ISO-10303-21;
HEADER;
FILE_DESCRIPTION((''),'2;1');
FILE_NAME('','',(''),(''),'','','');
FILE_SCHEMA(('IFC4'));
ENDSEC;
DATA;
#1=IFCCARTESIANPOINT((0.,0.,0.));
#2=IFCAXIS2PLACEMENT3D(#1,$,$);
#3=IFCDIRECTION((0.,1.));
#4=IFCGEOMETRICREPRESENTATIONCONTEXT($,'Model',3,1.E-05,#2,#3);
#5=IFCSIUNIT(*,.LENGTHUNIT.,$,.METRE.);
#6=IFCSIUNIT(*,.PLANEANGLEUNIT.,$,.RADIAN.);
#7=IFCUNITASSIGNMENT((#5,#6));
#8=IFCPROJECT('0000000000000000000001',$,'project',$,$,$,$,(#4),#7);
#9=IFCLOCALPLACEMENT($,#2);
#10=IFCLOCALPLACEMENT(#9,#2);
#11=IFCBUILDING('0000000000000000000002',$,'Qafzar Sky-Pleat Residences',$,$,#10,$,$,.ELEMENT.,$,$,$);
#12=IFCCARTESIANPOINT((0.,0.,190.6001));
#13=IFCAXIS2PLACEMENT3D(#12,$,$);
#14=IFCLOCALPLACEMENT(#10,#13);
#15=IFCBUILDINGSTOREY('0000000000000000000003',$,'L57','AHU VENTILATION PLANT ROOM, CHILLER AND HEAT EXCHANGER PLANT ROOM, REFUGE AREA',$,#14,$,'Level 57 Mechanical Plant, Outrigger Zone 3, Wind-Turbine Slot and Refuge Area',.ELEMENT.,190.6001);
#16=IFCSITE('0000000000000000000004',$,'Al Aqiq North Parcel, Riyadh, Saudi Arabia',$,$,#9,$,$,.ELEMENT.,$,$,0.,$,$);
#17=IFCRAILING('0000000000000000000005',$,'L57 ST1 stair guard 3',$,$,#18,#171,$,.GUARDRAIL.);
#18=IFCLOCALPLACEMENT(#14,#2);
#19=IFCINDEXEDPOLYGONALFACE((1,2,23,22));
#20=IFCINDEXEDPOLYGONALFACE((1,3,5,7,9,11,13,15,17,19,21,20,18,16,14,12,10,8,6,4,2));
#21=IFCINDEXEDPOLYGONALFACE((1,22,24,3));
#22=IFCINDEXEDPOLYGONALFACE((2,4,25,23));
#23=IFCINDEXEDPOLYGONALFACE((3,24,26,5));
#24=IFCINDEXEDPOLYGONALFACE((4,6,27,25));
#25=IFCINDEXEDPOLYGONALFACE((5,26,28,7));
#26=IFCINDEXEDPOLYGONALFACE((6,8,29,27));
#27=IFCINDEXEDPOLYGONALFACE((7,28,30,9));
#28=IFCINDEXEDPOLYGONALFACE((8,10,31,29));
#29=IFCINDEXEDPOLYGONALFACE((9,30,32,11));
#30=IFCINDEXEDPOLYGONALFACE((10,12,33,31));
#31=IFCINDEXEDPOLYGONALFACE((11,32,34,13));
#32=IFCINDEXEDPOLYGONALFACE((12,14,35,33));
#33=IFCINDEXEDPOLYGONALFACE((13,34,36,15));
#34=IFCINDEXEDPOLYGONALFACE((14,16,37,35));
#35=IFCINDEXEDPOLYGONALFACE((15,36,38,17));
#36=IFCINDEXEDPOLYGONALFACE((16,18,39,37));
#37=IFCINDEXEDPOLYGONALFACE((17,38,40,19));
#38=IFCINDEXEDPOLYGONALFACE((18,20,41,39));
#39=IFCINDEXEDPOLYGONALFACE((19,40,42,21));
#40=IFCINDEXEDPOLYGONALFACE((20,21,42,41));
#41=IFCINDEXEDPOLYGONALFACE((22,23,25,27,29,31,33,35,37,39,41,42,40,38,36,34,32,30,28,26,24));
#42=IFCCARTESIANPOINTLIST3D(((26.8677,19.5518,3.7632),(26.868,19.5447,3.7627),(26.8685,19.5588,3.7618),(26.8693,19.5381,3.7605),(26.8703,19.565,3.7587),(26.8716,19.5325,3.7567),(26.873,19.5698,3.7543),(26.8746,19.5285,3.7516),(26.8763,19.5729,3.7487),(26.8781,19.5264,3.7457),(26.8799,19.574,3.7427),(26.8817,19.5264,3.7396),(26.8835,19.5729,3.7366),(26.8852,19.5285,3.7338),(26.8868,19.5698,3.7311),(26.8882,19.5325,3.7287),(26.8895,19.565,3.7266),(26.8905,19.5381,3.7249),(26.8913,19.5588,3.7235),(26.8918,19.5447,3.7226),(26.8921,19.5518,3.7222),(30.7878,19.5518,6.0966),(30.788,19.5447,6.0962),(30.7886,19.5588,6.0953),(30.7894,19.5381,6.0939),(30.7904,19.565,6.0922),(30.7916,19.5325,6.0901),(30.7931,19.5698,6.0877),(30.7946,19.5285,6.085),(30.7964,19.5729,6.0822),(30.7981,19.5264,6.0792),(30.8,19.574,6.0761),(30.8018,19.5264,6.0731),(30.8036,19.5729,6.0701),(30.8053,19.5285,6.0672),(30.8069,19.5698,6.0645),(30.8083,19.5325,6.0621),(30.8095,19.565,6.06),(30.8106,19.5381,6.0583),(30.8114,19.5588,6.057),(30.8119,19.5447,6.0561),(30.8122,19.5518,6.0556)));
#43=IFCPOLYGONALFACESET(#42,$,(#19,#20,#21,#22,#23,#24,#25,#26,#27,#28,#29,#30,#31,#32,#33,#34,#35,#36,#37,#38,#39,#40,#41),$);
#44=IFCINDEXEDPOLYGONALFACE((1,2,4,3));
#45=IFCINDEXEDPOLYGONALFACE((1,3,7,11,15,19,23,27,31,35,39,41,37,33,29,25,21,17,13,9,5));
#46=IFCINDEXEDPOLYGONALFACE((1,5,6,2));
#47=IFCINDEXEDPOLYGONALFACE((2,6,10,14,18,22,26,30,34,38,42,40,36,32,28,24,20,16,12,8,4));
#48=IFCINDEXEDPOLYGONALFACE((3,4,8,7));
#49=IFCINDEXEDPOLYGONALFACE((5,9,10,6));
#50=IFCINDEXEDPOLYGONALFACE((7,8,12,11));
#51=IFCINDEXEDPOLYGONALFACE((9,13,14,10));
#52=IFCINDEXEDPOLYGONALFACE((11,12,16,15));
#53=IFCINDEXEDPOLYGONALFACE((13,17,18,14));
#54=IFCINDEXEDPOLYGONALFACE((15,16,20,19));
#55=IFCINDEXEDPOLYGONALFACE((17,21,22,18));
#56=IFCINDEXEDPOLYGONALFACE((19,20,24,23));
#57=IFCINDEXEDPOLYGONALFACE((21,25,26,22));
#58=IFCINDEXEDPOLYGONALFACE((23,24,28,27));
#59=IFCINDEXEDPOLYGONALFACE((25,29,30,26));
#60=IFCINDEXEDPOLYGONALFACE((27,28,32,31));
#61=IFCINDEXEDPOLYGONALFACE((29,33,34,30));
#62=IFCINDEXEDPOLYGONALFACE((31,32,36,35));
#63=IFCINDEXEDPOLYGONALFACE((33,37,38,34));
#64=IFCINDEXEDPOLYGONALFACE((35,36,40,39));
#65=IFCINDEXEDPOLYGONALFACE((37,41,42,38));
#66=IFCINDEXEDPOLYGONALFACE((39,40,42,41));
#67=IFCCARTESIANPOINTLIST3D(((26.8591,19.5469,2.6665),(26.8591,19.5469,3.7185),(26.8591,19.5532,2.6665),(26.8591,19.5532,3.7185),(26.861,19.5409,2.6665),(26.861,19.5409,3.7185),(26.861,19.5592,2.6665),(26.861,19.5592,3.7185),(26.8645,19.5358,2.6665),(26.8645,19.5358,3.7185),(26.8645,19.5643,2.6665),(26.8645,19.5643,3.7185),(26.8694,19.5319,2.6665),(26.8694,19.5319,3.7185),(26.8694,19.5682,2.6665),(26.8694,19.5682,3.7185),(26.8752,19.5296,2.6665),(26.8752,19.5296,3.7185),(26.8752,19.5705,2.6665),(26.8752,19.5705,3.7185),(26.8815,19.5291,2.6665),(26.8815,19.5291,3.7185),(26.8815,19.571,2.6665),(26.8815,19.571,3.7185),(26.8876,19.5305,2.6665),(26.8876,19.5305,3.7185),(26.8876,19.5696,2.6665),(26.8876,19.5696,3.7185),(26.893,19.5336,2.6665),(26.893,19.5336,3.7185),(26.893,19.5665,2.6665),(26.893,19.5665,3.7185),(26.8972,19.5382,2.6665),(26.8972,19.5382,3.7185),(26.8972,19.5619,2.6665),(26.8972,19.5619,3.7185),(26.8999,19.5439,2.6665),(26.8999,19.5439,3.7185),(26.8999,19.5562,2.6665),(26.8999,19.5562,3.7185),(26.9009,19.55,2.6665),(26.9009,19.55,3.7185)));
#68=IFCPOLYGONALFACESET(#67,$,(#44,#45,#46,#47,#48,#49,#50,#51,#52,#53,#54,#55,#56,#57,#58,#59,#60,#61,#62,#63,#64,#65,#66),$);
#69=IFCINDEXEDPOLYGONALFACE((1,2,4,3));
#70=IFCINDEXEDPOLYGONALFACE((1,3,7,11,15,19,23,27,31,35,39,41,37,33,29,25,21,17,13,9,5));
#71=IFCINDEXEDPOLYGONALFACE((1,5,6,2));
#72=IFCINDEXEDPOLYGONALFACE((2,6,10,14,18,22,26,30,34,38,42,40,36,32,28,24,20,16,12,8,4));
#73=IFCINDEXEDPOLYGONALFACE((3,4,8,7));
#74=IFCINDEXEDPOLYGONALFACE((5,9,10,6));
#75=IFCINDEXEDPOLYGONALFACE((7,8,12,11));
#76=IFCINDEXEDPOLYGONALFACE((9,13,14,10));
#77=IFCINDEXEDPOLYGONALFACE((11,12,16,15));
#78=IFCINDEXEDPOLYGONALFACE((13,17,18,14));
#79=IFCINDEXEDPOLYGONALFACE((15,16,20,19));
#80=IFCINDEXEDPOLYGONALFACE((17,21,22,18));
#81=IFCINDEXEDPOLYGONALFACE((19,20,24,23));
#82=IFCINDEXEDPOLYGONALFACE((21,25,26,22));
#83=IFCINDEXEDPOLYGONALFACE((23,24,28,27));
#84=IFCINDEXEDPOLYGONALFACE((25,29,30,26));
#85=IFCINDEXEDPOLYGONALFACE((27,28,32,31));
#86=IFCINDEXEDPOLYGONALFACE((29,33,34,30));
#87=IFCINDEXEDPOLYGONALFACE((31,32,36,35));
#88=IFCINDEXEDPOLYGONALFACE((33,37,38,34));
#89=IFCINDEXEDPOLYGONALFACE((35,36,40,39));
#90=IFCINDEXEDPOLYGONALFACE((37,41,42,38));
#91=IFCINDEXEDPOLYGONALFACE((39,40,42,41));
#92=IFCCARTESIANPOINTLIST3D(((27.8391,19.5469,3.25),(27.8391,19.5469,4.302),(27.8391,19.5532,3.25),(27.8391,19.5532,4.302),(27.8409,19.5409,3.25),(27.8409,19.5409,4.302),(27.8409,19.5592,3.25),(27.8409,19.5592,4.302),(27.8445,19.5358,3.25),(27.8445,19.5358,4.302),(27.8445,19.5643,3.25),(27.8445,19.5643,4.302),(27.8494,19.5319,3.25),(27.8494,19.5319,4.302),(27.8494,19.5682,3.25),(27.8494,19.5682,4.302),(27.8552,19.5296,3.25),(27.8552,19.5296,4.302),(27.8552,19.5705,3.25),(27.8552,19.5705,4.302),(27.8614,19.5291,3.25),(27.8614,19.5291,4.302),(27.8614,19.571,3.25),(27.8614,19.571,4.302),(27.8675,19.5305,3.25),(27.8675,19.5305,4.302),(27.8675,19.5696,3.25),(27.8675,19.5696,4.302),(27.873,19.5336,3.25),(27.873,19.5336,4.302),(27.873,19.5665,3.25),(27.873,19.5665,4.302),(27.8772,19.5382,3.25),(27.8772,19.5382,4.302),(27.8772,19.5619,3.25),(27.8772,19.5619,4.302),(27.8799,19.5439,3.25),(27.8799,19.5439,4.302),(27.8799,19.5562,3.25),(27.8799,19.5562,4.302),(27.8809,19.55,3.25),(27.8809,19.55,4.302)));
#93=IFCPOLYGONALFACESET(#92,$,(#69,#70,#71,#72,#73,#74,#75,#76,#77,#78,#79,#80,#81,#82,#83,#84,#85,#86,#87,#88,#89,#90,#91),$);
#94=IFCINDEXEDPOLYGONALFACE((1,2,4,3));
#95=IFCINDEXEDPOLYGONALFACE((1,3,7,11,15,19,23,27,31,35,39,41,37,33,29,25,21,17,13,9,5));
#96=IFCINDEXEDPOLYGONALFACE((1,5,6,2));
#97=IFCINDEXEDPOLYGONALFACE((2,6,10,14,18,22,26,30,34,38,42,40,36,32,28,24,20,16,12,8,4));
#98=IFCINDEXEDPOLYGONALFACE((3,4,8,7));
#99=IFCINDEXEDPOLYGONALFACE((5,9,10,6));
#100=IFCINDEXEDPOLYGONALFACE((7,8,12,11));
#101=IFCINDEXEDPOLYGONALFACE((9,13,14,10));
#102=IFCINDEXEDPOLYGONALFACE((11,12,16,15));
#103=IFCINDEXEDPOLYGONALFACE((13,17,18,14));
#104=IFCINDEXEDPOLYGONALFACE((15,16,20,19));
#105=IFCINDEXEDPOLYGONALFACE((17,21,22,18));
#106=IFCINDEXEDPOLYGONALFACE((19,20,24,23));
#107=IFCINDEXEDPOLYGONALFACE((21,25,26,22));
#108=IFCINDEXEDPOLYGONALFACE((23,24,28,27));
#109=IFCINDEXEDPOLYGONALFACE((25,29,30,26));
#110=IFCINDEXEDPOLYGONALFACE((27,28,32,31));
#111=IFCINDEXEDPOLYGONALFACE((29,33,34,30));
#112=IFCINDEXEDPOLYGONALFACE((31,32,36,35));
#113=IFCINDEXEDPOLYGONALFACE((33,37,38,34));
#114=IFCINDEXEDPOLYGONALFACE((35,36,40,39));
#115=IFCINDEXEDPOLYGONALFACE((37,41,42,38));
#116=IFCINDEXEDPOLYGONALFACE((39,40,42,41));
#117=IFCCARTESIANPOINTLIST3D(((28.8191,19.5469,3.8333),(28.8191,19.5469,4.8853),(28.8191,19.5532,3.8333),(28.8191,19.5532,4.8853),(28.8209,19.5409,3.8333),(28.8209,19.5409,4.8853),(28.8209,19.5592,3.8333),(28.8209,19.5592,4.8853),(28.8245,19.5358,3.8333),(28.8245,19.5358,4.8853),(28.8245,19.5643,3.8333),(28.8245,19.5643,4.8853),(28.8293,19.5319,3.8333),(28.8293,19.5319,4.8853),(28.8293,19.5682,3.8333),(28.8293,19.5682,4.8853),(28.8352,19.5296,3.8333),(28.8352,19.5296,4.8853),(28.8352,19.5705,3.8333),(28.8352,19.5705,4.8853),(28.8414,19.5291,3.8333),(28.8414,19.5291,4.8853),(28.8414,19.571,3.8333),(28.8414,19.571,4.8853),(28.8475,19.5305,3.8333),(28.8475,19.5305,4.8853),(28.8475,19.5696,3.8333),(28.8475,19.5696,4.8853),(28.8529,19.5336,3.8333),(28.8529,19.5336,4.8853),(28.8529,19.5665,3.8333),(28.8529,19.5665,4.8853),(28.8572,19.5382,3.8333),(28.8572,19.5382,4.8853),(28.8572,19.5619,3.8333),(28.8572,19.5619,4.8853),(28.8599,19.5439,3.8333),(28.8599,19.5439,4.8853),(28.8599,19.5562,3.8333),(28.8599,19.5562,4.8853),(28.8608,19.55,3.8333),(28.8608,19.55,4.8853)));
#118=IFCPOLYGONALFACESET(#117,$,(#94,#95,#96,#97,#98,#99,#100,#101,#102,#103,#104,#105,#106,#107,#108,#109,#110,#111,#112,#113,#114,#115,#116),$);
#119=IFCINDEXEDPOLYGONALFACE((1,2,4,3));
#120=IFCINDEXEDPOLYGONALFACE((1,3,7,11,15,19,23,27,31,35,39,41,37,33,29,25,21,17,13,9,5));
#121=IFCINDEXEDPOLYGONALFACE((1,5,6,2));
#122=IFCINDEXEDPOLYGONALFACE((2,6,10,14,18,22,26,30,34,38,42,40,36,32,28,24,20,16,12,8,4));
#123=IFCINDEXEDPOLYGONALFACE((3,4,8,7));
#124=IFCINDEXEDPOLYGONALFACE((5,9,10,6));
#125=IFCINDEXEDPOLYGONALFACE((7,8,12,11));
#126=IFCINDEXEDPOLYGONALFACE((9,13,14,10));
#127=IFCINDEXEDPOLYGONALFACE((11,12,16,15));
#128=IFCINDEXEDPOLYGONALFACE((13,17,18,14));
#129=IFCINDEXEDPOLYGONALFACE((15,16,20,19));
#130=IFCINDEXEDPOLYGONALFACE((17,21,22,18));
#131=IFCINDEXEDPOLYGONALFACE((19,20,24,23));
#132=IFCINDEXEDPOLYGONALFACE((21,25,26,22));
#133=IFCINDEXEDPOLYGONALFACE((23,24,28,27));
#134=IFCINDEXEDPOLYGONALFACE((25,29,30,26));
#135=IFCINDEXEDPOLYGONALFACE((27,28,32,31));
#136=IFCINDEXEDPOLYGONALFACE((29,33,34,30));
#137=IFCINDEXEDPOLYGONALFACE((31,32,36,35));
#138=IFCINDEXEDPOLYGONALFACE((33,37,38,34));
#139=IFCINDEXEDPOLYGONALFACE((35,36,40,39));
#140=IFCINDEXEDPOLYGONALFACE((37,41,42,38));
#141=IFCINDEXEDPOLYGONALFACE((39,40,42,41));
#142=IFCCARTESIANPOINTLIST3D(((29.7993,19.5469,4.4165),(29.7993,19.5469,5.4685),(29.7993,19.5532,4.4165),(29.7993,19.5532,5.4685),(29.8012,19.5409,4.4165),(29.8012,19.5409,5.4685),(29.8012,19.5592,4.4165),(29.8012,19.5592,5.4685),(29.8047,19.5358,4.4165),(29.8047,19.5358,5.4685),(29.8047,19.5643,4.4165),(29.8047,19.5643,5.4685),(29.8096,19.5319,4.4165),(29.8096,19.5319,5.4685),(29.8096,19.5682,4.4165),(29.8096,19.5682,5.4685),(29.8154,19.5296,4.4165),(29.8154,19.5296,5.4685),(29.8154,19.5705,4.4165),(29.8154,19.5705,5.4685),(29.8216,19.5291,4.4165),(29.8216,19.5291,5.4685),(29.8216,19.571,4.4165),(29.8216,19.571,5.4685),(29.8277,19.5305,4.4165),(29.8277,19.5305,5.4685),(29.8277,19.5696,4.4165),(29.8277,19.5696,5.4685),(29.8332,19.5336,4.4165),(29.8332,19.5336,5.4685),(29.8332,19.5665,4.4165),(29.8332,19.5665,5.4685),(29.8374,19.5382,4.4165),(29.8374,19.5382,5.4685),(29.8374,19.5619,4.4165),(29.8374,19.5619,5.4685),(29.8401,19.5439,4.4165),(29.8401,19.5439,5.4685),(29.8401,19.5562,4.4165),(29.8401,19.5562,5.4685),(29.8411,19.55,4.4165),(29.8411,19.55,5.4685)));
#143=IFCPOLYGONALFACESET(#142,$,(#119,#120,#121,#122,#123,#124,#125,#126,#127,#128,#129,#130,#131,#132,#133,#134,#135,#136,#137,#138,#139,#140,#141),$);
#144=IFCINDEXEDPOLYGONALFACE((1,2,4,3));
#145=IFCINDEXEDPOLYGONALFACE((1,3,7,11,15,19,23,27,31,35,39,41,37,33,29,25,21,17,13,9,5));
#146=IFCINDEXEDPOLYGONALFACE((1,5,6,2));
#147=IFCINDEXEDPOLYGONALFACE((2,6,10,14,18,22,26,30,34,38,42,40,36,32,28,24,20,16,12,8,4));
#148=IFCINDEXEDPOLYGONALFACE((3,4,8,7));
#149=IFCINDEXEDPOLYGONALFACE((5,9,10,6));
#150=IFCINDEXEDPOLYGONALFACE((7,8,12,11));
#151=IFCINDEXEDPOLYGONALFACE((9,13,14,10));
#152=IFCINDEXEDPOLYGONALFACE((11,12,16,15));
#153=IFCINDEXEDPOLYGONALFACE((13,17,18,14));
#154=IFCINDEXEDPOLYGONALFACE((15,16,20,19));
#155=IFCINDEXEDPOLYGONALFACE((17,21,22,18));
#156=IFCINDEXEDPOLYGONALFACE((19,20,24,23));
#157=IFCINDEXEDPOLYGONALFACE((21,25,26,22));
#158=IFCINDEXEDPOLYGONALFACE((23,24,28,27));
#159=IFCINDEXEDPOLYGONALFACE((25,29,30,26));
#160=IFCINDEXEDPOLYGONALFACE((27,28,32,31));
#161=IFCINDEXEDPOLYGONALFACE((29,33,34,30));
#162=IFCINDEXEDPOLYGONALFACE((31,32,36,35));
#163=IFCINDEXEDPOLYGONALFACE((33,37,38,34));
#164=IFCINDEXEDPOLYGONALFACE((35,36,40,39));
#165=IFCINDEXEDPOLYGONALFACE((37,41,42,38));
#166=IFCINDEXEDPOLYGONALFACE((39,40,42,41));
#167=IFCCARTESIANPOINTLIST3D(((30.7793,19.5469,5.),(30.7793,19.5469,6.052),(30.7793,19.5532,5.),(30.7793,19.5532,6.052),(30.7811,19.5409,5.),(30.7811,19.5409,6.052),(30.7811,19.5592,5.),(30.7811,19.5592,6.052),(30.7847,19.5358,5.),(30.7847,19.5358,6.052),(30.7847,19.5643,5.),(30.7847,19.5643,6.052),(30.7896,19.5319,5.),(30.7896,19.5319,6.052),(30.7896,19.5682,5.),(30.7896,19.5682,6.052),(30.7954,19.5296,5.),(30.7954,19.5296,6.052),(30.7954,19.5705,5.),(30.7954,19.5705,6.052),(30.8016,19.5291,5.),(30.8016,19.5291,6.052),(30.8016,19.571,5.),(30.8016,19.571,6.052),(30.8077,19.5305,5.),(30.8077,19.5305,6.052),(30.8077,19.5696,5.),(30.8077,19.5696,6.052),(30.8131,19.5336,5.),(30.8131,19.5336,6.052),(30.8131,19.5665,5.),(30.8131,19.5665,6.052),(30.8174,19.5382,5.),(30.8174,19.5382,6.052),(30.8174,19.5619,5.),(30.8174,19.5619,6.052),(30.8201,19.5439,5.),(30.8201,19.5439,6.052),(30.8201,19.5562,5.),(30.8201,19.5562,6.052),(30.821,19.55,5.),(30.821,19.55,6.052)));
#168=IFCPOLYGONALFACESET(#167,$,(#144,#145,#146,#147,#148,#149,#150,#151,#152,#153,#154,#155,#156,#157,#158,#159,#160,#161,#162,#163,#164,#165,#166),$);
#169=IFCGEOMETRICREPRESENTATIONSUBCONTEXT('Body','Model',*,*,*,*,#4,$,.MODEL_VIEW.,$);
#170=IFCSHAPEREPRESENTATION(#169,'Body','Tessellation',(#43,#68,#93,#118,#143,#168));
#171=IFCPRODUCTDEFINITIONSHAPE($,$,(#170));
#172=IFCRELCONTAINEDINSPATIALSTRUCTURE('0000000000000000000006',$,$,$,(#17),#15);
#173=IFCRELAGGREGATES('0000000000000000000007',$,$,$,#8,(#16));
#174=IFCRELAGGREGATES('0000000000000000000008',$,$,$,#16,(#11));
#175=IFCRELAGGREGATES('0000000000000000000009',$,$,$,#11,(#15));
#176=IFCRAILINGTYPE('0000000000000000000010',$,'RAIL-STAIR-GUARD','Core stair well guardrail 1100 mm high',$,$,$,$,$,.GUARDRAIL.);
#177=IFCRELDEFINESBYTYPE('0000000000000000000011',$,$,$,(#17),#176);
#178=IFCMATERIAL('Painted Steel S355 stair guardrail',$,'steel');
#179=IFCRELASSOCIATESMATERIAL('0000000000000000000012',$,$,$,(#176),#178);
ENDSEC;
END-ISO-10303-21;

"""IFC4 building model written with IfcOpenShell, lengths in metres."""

from ifc_helpers import new_model, si_unit, direction, frame, origin, origin_2d, place, context, subcontext, project, spatial, circle, extrude, source, transform, mapped, material, type_object, element, save


model = new_model("IFC4")

# Units and contexts
model_context = context("Model", 3, precision=1e-05, world=origin(), true_north=direction((0.0, 1.0)))
body_context = subcontext(model_context, "Body", "Model", "MODEL_VIEW")
ifc_project = project(units=[si_unit("LENGTHUNIT", "METRE"), si_unit("PLANEANGLEUNIT", "RADIAN")], contexts=[model_context])

# Site, building, storey
site_placement = place(None, origin())
site = spatial("IfcSite", under=ifc_project, at=site_placement, Name="Al Aqiq North Parcel, Riyadh, Saudi Arabia", CompositionType="ELEMENT", RefElevation=0.0)
building_placement = place(site_placement, origin())
building = spatial("IfcBuilding", under=site, at=building_placement, Name="Qafzar Sky-Pleat Residences", CompositionType="ELEMENT")
storey_placement = place(building_placement, frame((0.0, 0.0, 190.6001)))
storey = spatial("IfcBuildingStorey", under=building, at=storey_placement, Name="L57", Description="AHU VENTILATION PLANT ROOM, CHILLER AND HEAT EXCHANGER PLANT ROOM, REFUGE AREA", LongName="Level 57 Mechanical Plant, Outrigger Zone 3, Wind-Turbine Slot and Refuge Area", CompositionType="ELEMENT", Elevation=190.6001)

# Railing
ifc_material_1 = material(Name="Painted Steel S355 stair guardrail", Category="steel")
railing_type_1 = type_object("IfcRailingType", Name="RAIL-STAIR-GUARD", Description="Core stair well guardrail 1100 mm high", PredefinedType="GUARDRAIL", material=ifc_material_1)
shared_shape_1 = source(origin(), body_context, "Body", "SweptSolid", [
    extrude(circle(Radius=0.0239, at=origin_2d()), frame((0.0, 0.0, 1.0762), z_axis=(0.859287, 0.0, 0.511494), x_axis=(0.0, 1.0, 0.0)), (0.0, 0.0, 1.0), 4.562),
    extrude(circle(Radius=0.021, at=origin_2d()), origin(), (0.0, 0.0, 1.0), 1.052),
    extrude(circle(Radius=0.021, at=origin_2d()), frame((0.98, 0.0, 0.5835)), (0.0, 0.0, 1.0), 1.052),
    extrude(circle(Radius=0.021, at=origin_2d()), frame((1.96, 0.0, 1.1667)), (0.0, 0.0, 1.0), 1.052),
    extrude(circle(Radius=0.021, at=origin_2d()), frame((2.9402, 0.0, 1.75)), (0.0, 0.0, 1.0), 1.052),
    extrude(circle(Radius=0.021, at=origin_2d()), frame((3.9202, 0.0, 2.3335)), (0.0, 0.0, 1.0), 1.052),
])
railing_1_placement = place(storey_placement, frame((26.8799, 19.55, 2.6665)))
element("IfcRailing", 1, at=railing_1_placement, inside=storey, type_object=railing_type_1, Name="L57 ST1 stair guard 3", PredefinedType="GUARDRAIL", context=body_context, shape_type="MappedRepresentation", body=[
    mapped(shared_shape_1, transform((0.0, 0.0, 0.0), x_axis=(1.0, 0.0, 0.0), y_axis=(0.0, 1.0, 0.0), z_axis=(0.0, 0.0, 1.0), scale=1.0)),
])

save(model, "model.ifc")
